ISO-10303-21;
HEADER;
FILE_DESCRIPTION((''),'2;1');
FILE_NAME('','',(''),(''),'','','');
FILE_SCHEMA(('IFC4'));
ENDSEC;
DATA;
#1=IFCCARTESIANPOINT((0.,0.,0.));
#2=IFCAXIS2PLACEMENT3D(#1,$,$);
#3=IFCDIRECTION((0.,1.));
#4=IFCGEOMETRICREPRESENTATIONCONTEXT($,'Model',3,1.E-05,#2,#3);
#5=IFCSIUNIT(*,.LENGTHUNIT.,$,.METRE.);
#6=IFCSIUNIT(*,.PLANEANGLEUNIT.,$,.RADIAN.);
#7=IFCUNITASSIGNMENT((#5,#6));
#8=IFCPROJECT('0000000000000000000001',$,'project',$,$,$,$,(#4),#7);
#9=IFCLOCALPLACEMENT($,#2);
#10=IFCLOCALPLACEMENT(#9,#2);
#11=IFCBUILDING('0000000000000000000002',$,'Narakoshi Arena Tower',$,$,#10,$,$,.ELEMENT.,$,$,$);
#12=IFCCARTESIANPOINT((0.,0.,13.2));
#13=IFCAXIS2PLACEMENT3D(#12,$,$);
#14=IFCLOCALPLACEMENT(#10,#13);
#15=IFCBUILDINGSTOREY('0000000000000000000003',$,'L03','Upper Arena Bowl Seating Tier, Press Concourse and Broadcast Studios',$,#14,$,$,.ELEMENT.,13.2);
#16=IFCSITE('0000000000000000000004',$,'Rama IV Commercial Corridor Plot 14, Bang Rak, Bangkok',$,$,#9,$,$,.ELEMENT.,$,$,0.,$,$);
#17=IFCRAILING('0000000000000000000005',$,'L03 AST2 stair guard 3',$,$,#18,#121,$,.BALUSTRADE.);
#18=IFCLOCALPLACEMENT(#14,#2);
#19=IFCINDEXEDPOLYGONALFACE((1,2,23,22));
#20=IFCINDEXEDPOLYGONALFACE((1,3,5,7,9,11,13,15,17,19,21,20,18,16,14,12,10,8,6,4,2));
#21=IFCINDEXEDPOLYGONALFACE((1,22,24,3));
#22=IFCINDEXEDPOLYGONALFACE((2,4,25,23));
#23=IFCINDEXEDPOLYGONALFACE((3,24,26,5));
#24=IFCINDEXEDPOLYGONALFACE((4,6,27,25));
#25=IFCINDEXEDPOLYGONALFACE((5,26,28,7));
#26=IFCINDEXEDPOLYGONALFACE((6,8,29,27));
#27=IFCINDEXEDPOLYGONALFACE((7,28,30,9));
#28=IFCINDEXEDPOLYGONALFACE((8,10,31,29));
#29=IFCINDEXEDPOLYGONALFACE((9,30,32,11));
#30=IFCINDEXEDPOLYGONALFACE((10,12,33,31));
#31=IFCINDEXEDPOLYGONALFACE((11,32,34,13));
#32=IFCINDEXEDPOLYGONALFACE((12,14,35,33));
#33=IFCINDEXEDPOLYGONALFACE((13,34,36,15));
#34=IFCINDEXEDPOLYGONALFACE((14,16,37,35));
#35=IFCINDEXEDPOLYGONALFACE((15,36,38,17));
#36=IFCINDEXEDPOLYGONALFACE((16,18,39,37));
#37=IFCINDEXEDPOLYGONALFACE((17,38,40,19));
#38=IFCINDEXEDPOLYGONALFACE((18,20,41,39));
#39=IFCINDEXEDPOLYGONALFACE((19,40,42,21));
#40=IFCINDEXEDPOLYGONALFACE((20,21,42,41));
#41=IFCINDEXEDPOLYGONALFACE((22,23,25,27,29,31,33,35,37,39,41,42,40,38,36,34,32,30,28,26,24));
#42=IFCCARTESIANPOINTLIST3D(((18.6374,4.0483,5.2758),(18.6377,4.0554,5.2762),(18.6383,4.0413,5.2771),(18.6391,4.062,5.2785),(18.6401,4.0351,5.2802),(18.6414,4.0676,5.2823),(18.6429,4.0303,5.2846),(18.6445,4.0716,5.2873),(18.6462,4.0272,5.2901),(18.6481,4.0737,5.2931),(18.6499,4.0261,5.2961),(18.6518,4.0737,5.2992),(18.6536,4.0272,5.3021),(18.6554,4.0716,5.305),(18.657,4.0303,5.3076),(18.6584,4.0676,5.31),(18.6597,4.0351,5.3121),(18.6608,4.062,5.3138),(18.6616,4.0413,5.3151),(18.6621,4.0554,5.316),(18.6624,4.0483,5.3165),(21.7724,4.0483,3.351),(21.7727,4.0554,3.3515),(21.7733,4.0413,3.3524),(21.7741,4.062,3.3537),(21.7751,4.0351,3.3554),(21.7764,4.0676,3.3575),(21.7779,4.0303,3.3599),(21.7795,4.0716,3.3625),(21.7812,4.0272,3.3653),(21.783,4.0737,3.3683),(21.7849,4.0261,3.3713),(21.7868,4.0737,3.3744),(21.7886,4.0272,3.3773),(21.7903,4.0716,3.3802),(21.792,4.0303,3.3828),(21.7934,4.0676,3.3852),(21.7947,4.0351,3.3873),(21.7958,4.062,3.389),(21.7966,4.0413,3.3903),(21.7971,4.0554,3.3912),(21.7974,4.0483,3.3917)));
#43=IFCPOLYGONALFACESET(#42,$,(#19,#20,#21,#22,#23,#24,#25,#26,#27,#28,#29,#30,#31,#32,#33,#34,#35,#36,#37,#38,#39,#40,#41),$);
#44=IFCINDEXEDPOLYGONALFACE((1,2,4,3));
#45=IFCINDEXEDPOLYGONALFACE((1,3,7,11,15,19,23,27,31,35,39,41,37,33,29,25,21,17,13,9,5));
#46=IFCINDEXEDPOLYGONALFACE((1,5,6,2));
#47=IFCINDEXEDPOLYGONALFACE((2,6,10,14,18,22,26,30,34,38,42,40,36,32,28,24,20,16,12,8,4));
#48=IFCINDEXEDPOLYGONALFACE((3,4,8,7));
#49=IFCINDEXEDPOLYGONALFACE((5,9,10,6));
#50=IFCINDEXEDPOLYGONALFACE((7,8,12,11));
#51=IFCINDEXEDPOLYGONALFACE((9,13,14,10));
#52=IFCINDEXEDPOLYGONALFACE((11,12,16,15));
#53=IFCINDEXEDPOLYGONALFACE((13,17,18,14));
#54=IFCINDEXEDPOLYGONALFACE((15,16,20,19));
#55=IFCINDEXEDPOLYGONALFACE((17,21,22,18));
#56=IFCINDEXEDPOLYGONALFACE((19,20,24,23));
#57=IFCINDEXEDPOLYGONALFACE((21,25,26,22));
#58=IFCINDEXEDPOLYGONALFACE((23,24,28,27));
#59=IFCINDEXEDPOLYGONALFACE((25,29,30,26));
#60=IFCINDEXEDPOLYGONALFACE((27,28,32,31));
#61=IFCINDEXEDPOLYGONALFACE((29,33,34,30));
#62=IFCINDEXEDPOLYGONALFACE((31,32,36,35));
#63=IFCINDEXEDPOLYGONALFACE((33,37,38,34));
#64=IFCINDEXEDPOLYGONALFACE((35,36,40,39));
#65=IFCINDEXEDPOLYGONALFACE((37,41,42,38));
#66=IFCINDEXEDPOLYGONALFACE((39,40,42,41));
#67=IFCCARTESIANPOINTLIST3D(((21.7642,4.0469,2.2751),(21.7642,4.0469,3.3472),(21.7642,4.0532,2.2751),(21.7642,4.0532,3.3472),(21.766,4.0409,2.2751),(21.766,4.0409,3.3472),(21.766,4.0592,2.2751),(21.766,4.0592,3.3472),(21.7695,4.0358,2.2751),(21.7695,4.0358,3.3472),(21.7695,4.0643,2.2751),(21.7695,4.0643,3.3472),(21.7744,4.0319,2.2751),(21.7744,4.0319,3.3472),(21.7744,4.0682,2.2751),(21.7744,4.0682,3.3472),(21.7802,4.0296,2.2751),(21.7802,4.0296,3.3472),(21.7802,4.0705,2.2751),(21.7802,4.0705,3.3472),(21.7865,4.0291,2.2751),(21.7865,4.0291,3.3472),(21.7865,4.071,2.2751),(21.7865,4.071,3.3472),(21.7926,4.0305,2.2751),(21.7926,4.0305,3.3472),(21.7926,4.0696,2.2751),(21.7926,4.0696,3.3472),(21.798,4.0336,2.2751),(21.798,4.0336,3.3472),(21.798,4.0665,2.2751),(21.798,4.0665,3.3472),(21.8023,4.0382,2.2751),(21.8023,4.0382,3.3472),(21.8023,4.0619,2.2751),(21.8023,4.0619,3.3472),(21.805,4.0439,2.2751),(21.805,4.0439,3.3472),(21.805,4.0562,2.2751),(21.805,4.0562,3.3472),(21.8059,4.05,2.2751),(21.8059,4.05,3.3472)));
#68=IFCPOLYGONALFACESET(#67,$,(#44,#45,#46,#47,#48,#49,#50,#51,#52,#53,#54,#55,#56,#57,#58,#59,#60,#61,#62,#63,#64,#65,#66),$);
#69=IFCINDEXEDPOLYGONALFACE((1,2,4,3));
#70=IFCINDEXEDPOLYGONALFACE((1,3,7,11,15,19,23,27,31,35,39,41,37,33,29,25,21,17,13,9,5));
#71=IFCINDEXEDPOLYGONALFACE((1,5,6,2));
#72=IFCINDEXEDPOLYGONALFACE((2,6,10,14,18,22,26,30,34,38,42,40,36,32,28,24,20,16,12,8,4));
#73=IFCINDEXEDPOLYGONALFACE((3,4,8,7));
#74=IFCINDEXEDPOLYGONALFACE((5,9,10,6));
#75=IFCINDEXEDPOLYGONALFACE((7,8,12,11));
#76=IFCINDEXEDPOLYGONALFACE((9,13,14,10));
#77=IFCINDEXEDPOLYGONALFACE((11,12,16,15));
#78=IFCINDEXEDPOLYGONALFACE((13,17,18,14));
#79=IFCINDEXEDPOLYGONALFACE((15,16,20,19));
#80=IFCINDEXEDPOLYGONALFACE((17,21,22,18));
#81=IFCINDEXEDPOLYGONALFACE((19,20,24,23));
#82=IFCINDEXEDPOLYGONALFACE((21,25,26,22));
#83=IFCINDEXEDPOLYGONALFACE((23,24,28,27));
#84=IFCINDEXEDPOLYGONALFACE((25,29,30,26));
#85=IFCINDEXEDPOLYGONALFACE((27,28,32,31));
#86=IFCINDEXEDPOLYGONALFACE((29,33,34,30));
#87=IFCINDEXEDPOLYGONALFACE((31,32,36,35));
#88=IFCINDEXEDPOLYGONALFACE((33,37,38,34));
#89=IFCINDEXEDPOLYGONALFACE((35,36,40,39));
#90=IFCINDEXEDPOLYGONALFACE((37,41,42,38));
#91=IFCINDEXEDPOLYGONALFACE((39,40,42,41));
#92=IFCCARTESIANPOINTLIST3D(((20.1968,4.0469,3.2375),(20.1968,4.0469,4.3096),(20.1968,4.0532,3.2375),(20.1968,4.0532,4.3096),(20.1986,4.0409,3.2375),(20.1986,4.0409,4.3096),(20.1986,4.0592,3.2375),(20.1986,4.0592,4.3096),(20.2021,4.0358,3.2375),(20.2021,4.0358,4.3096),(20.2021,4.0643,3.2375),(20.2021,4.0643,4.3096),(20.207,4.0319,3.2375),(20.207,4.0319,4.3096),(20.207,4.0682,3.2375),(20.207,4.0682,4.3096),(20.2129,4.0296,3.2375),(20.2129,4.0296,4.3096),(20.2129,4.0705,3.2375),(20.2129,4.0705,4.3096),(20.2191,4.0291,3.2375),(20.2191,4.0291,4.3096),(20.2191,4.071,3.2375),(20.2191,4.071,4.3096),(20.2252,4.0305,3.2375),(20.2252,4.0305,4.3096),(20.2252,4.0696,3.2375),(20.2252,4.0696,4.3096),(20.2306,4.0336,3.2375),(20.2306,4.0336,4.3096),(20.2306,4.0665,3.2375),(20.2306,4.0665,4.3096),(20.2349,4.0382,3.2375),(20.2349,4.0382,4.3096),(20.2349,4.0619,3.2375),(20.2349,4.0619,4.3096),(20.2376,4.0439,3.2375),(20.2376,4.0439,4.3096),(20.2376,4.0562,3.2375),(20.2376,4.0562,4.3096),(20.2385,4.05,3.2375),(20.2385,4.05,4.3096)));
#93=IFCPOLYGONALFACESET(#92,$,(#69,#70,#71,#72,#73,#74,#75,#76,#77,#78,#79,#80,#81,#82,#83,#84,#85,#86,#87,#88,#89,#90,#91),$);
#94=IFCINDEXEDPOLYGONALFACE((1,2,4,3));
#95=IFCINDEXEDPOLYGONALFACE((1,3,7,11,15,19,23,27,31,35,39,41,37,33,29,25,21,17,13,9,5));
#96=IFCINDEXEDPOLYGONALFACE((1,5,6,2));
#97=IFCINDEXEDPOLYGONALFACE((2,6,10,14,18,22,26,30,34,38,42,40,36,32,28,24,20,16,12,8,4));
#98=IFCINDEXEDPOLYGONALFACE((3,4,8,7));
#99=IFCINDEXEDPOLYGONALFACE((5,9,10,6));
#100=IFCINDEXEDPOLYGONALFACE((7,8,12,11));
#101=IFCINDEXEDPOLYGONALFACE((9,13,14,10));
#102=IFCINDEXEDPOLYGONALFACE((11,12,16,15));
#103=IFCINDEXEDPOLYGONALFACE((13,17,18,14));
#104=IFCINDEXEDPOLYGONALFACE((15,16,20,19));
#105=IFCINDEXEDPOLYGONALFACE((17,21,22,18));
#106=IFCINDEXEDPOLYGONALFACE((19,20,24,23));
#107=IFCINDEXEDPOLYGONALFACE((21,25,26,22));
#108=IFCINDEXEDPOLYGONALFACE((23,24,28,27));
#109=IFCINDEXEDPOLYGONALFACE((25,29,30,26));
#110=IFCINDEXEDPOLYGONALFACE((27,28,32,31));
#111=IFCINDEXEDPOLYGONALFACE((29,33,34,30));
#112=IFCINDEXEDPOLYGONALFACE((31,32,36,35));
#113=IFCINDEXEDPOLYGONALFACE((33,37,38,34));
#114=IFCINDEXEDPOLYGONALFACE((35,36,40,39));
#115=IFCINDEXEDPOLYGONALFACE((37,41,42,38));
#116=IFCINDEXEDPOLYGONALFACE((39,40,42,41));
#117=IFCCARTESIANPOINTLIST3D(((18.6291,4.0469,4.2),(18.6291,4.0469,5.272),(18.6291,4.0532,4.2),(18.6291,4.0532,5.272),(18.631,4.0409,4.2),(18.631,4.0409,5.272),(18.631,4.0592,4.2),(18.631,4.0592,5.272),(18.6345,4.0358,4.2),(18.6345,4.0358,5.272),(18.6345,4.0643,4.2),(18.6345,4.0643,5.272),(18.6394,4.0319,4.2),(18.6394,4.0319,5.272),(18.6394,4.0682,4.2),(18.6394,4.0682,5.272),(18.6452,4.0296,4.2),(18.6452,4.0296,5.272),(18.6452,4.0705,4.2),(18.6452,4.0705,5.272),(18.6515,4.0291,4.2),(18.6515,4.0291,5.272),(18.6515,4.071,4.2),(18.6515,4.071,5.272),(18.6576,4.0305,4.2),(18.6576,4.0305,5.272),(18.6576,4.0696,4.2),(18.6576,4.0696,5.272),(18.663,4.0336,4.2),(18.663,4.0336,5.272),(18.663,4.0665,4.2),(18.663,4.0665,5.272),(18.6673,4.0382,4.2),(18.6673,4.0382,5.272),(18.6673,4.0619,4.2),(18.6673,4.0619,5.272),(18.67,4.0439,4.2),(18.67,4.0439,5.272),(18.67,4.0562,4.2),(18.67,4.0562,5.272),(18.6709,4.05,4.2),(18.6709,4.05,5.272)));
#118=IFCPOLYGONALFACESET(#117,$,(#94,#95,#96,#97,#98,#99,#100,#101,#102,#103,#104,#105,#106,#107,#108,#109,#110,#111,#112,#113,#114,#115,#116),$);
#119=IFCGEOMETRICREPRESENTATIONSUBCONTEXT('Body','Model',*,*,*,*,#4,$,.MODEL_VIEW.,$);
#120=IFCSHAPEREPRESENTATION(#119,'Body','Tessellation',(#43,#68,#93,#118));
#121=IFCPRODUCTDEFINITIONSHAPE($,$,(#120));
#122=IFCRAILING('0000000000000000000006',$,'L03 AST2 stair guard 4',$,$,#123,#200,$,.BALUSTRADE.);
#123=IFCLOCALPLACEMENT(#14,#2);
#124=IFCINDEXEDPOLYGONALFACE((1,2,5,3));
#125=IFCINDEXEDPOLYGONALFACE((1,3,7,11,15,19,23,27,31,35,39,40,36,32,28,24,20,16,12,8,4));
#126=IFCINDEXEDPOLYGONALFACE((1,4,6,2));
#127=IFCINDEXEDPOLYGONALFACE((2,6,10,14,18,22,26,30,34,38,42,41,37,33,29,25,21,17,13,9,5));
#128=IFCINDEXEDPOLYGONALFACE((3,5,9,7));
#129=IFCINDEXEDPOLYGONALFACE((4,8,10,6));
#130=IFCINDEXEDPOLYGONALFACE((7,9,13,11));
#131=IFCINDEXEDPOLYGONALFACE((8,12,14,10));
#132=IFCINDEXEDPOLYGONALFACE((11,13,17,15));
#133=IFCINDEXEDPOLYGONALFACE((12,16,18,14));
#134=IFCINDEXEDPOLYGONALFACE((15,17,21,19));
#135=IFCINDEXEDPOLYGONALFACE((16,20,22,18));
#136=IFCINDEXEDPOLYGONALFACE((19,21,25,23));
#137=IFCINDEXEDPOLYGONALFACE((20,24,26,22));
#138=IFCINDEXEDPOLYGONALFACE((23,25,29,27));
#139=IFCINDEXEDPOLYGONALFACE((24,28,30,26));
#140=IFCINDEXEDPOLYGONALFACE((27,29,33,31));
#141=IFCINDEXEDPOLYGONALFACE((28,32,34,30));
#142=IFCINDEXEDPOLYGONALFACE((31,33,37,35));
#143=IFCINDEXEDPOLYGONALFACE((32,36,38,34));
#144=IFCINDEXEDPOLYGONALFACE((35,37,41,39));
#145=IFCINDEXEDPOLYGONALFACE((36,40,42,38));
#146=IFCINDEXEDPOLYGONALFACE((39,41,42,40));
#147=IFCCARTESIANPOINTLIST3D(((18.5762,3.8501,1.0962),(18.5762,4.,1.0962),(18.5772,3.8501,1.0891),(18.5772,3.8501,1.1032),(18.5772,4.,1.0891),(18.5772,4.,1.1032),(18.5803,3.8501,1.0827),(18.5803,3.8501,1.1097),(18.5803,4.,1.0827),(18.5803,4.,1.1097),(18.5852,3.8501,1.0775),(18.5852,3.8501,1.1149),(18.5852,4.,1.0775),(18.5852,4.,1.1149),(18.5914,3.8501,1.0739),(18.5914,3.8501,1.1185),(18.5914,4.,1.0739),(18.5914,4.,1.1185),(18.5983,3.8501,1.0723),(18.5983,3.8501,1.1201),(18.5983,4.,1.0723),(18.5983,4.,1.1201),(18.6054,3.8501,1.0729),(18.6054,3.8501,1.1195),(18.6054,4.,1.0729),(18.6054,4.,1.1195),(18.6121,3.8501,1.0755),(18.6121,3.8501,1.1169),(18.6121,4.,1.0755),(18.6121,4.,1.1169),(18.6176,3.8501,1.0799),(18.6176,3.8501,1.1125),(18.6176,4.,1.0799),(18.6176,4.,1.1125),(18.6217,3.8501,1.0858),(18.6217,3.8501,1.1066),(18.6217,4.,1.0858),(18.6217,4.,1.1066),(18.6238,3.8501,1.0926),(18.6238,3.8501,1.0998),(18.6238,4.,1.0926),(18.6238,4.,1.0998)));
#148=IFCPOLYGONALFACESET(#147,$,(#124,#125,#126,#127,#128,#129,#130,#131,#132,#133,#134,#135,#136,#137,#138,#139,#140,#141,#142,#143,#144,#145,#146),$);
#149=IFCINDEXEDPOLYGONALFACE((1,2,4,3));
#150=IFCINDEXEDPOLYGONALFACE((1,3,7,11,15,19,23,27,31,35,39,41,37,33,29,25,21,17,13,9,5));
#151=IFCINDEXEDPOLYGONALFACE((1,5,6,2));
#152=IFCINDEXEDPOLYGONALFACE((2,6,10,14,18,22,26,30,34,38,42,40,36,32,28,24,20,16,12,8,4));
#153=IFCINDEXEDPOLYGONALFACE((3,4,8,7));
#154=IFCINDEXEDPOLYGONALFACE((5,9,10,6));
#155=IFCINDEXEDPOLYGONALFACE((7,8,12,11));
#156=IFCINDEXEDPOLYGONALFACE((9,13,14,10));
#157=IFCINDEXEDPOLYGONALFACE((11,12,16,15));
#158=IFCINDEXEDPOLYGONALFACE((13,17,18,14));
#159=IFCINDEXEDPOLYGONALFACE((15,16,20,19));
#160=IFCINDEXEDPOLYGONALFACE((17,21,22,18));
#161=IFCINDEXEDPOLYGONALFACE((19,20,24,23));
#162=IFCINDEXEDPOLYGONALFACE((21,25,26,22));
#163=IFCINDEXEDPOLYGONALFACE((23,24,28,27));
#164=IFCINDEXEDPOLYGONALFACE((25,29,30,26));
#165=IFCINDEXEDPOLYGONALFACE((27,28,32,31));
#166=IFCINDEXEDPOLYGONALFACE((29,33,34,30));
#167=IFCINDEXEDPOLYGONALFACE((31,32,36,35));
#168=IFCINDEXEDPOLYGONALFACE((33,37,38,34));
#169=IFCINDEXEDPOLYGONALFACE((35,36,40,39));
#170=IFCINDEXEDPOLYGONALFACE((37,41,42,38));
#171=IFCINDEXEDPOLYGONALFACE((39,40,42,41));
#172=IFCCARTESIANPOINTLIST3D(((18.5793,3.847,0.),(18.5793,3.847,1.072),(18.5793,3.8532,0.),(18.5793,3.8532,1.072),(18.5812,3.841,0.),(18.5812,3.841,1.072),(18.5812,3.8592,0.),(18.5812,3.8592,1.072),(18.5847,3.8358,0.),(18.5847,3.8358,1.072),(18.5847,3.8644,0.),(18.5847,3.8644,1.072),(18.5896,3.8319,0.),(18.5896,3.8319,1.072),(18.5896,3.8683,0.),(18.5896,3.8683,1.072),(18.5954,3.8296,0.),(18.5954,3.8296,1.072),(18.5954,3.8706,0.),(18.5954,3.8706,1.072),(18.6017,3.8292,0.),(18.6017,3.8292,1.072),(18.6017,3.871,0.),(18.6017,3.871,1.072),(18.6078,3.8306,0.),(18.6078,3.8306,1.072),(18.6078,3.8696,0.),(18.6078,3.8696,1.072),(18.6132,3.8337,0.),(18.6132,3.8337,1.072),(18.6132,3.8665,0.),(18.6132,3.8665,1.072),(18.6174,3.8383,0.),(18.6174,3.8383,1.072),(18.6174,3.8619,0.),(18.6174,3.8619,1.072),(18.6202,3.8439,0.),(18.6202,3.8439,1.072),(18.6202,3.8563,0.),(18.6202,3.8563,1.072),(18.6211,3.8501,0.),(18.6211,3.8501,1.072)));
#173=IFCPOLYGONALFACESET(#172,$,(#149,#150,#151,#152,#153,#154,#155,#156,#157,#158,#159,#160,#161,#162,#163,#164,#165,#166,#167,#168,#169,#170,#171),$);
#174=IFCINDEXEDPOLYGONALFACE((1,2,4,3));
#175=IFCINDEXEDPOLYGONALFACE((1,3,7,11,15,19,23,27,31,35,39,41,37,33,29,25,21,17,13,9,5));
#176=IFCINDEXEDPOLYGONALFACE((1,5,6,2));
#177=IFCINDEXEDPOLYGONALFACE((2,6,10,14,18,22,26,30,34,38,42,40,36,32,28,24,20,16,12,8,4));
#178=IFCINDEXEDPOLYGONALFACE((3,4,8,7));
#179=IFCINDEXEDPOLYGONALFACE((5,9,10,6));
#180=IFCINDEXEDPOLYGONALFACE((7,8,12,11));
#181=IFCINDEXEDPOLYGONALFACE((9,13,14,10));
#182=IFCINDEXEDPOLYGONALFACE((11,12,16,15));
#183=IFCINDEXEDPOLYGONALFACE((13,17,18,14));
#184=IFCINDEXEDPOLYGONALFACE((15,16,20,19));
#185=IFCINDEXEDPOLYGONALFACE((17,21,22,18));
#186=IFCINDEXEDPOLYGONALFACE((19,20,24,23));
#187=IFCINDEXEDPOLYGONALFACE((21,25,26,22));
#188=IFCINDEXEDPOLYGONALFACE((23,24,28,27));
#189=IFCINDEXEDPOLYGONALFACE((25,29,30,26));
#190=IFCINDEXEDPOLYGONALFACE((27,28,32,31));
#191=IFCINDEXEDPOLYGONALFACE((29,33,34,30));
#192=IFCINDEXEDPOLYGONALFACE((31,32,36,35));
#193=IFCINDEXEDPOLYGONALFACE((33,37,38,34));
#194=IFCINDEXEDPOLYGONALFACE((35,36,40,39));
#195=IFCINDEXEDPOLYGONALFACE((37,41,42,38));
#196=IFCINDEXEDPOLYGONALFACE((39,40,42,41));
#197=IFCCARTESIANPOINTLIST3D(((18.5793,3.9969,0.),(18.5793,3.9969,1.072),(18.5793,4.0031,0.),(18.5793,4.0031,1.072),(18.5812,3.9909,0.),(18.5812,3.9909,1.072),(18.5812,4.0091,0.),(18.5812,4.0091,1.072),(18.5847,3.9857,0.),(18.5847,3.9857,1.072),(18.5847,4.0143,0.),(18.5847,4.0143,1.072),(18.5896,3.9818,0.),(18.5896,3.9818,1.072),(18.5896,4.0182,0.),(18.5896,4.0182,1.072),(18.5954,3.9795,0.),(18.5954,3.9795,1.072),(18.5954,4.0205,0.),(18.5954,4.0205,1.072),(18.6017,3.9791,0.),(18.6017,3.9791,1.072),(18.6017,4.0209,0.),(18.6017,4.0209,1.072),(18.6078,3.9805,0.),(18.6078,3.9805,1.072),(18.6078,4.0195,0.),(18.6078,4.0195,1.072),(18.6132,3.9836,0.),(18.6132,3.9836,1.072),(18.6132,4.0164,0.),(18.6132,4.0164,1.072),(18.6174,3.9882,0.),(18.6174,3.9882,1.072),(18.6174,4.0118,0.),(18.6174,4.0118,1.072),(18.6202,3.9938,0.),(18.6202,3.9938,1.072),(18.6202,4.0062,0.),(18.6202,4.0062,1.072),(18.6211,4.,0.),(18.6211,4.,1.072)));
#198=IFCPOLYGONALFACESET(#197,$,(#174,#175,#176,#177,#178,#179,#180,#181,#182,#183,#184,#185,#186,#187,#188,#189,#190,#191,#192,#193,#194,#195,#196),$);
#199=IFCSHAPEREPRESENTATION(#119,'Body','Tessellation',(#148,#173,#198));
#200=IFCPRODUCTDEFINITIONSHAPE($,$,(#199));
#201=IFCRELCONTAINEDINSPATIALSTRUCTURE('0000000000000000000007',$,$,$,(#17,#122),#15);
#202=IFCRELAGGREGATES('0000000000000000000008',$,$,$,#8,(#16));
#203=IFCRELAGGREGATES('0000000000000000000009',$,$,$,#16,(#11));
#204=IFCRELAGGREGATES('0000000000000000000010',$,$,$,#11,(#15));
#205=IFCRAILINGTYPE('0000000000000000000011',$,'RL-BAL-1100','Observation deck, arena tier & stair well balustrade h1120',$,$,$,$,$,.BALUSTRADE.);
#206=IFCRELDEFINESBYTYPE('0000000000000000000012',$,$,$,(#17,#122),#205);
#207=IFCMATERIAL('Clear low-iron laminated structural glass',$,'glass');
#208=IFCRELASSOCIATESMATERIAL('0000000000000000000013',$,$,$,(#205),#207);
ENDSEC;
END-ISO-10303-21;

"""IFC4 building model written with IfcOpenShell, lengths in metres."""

from ifc_helpers import new_model, si_unit, direction, frame, origin, origin_2d, place, context, subcontext, project, spatial, circle, extrude, material, type_object, element, save


model = new_model("IFC4")

# Units and contexts
model_context = context("Model", 3, precision=1e-05, world=origin(), true_north=direction((0.0, 1.0)))
body_context = subcontext(model_context, "Body", "Model", "MODEL_VIEW")
ifc_project = project(units=[si_unit("LENGTHUNIT", "METRE"), si_unit("PLANEANGLEUNIT", "RADIAN")], contexts=[model_context])

# Site, building, storey
site_placement = place(None, origin())
site = spatial("IfcSite", under=ifc_project, at=site_placement, Name="Rama IV Commercial Corridor Plot 14, Bang Rak, Bangkok", CompositionType="ELEMENT", RefElevation=0.0)
building_placement = place(site_placement, origin())
building = spatial("IfcBuilding", under=site, at=building_placement, Name="Narakoshi Arena Tower", CompositionType="ELEMENT")
storey_placement = place(building_placement, frame((0.0, 0.0, 13.2)))
storey = spatial("IfcBuildingStorey", under=building, at=storey_placement, Name="L03", Description="Upper Arena Bowl Seating Tier, Press Concourse and Broadcast Studios", CompositionType="ELEMENT", Elevation=13.2)

# Railings
ifc_material_1 = material(Name="Clear low-iron laminated structural glass", Category="glass")
railing_type_1 = type_object("IfcRailingType", Name="RL-BAL-1100", Description="Observation deck, arena tier & stair well balustrade h1120", PredefinedType="BALUSTRADE", material=ifc_material_1)
railing_1_placement = place(storey_placement, frame((21.7849, 4.05, 2.2751)))
element("IfcRailing", 1, at=railing_1_placement, inside=storey, type_object=railing_type_1, Name="L03 AST2 stair guard 3", PredefinedType="BALUSTRADE", context=body_context, shape_type="SweptSolid", body=[
    extrude(circle(Radius=0.0239, at=origin_2d()), frame((0.0, 0.0, 1.0962), z_axis=(-0.852196, 0.0, 0.523223), x_axis=(0.0, -1.0, 0.0)), (0.0, 0.0, 1.0), 3.6787),
    extrude(circle(Radius=0.021, at=origin_2d()), origin(), (0.0, 0.0, 1.0), 1.072),
    extrude(circle(Radius=0.021, at=origin_2d()), frame((-1.5674, 0.0, 0.9624)), (0.0, 0.0, 1.0), 1.072),
    extrude(circle(Radius=0.021, at=origin_2d()), frame((-3.135, 0.0, 1.9248)), (0.0, 0.0, 1.0), 1.072),
])
railing_2_placement = place(storey_placement, frame((18.6001, 3.8501, 0.0)))
element("IfcRailing", 2, at=railing_2_placement, inside=storey, type_object=railing_type_1, Name="L03 AST2 stair guard 4", PredefinedType="BALUSTRADE", context=body_context, shape_type="SweptSolid", body=[
    extrude(circle(Radius=0.0239, at=origin_2d()), frame((0.0, 0.0, 1.0962), z_axis=(0.0, 1.0, 0.0), x_axis=(-1.0, 0.0, 0.0)), (0.0, 0.0, 1.0), 0.1499),
    extrude(circle(Radius=0.021, at=origin_2d()), origin(), (0.0, 0.0, 1.0), 1.072),
    extrude(circle(Radius=0.021, at=origin_2d()), frame((0.0, 0.1499, 0.0)), (0.0, 0.0, 1.0), 1.072),
])

save(model, "model.ifc")
